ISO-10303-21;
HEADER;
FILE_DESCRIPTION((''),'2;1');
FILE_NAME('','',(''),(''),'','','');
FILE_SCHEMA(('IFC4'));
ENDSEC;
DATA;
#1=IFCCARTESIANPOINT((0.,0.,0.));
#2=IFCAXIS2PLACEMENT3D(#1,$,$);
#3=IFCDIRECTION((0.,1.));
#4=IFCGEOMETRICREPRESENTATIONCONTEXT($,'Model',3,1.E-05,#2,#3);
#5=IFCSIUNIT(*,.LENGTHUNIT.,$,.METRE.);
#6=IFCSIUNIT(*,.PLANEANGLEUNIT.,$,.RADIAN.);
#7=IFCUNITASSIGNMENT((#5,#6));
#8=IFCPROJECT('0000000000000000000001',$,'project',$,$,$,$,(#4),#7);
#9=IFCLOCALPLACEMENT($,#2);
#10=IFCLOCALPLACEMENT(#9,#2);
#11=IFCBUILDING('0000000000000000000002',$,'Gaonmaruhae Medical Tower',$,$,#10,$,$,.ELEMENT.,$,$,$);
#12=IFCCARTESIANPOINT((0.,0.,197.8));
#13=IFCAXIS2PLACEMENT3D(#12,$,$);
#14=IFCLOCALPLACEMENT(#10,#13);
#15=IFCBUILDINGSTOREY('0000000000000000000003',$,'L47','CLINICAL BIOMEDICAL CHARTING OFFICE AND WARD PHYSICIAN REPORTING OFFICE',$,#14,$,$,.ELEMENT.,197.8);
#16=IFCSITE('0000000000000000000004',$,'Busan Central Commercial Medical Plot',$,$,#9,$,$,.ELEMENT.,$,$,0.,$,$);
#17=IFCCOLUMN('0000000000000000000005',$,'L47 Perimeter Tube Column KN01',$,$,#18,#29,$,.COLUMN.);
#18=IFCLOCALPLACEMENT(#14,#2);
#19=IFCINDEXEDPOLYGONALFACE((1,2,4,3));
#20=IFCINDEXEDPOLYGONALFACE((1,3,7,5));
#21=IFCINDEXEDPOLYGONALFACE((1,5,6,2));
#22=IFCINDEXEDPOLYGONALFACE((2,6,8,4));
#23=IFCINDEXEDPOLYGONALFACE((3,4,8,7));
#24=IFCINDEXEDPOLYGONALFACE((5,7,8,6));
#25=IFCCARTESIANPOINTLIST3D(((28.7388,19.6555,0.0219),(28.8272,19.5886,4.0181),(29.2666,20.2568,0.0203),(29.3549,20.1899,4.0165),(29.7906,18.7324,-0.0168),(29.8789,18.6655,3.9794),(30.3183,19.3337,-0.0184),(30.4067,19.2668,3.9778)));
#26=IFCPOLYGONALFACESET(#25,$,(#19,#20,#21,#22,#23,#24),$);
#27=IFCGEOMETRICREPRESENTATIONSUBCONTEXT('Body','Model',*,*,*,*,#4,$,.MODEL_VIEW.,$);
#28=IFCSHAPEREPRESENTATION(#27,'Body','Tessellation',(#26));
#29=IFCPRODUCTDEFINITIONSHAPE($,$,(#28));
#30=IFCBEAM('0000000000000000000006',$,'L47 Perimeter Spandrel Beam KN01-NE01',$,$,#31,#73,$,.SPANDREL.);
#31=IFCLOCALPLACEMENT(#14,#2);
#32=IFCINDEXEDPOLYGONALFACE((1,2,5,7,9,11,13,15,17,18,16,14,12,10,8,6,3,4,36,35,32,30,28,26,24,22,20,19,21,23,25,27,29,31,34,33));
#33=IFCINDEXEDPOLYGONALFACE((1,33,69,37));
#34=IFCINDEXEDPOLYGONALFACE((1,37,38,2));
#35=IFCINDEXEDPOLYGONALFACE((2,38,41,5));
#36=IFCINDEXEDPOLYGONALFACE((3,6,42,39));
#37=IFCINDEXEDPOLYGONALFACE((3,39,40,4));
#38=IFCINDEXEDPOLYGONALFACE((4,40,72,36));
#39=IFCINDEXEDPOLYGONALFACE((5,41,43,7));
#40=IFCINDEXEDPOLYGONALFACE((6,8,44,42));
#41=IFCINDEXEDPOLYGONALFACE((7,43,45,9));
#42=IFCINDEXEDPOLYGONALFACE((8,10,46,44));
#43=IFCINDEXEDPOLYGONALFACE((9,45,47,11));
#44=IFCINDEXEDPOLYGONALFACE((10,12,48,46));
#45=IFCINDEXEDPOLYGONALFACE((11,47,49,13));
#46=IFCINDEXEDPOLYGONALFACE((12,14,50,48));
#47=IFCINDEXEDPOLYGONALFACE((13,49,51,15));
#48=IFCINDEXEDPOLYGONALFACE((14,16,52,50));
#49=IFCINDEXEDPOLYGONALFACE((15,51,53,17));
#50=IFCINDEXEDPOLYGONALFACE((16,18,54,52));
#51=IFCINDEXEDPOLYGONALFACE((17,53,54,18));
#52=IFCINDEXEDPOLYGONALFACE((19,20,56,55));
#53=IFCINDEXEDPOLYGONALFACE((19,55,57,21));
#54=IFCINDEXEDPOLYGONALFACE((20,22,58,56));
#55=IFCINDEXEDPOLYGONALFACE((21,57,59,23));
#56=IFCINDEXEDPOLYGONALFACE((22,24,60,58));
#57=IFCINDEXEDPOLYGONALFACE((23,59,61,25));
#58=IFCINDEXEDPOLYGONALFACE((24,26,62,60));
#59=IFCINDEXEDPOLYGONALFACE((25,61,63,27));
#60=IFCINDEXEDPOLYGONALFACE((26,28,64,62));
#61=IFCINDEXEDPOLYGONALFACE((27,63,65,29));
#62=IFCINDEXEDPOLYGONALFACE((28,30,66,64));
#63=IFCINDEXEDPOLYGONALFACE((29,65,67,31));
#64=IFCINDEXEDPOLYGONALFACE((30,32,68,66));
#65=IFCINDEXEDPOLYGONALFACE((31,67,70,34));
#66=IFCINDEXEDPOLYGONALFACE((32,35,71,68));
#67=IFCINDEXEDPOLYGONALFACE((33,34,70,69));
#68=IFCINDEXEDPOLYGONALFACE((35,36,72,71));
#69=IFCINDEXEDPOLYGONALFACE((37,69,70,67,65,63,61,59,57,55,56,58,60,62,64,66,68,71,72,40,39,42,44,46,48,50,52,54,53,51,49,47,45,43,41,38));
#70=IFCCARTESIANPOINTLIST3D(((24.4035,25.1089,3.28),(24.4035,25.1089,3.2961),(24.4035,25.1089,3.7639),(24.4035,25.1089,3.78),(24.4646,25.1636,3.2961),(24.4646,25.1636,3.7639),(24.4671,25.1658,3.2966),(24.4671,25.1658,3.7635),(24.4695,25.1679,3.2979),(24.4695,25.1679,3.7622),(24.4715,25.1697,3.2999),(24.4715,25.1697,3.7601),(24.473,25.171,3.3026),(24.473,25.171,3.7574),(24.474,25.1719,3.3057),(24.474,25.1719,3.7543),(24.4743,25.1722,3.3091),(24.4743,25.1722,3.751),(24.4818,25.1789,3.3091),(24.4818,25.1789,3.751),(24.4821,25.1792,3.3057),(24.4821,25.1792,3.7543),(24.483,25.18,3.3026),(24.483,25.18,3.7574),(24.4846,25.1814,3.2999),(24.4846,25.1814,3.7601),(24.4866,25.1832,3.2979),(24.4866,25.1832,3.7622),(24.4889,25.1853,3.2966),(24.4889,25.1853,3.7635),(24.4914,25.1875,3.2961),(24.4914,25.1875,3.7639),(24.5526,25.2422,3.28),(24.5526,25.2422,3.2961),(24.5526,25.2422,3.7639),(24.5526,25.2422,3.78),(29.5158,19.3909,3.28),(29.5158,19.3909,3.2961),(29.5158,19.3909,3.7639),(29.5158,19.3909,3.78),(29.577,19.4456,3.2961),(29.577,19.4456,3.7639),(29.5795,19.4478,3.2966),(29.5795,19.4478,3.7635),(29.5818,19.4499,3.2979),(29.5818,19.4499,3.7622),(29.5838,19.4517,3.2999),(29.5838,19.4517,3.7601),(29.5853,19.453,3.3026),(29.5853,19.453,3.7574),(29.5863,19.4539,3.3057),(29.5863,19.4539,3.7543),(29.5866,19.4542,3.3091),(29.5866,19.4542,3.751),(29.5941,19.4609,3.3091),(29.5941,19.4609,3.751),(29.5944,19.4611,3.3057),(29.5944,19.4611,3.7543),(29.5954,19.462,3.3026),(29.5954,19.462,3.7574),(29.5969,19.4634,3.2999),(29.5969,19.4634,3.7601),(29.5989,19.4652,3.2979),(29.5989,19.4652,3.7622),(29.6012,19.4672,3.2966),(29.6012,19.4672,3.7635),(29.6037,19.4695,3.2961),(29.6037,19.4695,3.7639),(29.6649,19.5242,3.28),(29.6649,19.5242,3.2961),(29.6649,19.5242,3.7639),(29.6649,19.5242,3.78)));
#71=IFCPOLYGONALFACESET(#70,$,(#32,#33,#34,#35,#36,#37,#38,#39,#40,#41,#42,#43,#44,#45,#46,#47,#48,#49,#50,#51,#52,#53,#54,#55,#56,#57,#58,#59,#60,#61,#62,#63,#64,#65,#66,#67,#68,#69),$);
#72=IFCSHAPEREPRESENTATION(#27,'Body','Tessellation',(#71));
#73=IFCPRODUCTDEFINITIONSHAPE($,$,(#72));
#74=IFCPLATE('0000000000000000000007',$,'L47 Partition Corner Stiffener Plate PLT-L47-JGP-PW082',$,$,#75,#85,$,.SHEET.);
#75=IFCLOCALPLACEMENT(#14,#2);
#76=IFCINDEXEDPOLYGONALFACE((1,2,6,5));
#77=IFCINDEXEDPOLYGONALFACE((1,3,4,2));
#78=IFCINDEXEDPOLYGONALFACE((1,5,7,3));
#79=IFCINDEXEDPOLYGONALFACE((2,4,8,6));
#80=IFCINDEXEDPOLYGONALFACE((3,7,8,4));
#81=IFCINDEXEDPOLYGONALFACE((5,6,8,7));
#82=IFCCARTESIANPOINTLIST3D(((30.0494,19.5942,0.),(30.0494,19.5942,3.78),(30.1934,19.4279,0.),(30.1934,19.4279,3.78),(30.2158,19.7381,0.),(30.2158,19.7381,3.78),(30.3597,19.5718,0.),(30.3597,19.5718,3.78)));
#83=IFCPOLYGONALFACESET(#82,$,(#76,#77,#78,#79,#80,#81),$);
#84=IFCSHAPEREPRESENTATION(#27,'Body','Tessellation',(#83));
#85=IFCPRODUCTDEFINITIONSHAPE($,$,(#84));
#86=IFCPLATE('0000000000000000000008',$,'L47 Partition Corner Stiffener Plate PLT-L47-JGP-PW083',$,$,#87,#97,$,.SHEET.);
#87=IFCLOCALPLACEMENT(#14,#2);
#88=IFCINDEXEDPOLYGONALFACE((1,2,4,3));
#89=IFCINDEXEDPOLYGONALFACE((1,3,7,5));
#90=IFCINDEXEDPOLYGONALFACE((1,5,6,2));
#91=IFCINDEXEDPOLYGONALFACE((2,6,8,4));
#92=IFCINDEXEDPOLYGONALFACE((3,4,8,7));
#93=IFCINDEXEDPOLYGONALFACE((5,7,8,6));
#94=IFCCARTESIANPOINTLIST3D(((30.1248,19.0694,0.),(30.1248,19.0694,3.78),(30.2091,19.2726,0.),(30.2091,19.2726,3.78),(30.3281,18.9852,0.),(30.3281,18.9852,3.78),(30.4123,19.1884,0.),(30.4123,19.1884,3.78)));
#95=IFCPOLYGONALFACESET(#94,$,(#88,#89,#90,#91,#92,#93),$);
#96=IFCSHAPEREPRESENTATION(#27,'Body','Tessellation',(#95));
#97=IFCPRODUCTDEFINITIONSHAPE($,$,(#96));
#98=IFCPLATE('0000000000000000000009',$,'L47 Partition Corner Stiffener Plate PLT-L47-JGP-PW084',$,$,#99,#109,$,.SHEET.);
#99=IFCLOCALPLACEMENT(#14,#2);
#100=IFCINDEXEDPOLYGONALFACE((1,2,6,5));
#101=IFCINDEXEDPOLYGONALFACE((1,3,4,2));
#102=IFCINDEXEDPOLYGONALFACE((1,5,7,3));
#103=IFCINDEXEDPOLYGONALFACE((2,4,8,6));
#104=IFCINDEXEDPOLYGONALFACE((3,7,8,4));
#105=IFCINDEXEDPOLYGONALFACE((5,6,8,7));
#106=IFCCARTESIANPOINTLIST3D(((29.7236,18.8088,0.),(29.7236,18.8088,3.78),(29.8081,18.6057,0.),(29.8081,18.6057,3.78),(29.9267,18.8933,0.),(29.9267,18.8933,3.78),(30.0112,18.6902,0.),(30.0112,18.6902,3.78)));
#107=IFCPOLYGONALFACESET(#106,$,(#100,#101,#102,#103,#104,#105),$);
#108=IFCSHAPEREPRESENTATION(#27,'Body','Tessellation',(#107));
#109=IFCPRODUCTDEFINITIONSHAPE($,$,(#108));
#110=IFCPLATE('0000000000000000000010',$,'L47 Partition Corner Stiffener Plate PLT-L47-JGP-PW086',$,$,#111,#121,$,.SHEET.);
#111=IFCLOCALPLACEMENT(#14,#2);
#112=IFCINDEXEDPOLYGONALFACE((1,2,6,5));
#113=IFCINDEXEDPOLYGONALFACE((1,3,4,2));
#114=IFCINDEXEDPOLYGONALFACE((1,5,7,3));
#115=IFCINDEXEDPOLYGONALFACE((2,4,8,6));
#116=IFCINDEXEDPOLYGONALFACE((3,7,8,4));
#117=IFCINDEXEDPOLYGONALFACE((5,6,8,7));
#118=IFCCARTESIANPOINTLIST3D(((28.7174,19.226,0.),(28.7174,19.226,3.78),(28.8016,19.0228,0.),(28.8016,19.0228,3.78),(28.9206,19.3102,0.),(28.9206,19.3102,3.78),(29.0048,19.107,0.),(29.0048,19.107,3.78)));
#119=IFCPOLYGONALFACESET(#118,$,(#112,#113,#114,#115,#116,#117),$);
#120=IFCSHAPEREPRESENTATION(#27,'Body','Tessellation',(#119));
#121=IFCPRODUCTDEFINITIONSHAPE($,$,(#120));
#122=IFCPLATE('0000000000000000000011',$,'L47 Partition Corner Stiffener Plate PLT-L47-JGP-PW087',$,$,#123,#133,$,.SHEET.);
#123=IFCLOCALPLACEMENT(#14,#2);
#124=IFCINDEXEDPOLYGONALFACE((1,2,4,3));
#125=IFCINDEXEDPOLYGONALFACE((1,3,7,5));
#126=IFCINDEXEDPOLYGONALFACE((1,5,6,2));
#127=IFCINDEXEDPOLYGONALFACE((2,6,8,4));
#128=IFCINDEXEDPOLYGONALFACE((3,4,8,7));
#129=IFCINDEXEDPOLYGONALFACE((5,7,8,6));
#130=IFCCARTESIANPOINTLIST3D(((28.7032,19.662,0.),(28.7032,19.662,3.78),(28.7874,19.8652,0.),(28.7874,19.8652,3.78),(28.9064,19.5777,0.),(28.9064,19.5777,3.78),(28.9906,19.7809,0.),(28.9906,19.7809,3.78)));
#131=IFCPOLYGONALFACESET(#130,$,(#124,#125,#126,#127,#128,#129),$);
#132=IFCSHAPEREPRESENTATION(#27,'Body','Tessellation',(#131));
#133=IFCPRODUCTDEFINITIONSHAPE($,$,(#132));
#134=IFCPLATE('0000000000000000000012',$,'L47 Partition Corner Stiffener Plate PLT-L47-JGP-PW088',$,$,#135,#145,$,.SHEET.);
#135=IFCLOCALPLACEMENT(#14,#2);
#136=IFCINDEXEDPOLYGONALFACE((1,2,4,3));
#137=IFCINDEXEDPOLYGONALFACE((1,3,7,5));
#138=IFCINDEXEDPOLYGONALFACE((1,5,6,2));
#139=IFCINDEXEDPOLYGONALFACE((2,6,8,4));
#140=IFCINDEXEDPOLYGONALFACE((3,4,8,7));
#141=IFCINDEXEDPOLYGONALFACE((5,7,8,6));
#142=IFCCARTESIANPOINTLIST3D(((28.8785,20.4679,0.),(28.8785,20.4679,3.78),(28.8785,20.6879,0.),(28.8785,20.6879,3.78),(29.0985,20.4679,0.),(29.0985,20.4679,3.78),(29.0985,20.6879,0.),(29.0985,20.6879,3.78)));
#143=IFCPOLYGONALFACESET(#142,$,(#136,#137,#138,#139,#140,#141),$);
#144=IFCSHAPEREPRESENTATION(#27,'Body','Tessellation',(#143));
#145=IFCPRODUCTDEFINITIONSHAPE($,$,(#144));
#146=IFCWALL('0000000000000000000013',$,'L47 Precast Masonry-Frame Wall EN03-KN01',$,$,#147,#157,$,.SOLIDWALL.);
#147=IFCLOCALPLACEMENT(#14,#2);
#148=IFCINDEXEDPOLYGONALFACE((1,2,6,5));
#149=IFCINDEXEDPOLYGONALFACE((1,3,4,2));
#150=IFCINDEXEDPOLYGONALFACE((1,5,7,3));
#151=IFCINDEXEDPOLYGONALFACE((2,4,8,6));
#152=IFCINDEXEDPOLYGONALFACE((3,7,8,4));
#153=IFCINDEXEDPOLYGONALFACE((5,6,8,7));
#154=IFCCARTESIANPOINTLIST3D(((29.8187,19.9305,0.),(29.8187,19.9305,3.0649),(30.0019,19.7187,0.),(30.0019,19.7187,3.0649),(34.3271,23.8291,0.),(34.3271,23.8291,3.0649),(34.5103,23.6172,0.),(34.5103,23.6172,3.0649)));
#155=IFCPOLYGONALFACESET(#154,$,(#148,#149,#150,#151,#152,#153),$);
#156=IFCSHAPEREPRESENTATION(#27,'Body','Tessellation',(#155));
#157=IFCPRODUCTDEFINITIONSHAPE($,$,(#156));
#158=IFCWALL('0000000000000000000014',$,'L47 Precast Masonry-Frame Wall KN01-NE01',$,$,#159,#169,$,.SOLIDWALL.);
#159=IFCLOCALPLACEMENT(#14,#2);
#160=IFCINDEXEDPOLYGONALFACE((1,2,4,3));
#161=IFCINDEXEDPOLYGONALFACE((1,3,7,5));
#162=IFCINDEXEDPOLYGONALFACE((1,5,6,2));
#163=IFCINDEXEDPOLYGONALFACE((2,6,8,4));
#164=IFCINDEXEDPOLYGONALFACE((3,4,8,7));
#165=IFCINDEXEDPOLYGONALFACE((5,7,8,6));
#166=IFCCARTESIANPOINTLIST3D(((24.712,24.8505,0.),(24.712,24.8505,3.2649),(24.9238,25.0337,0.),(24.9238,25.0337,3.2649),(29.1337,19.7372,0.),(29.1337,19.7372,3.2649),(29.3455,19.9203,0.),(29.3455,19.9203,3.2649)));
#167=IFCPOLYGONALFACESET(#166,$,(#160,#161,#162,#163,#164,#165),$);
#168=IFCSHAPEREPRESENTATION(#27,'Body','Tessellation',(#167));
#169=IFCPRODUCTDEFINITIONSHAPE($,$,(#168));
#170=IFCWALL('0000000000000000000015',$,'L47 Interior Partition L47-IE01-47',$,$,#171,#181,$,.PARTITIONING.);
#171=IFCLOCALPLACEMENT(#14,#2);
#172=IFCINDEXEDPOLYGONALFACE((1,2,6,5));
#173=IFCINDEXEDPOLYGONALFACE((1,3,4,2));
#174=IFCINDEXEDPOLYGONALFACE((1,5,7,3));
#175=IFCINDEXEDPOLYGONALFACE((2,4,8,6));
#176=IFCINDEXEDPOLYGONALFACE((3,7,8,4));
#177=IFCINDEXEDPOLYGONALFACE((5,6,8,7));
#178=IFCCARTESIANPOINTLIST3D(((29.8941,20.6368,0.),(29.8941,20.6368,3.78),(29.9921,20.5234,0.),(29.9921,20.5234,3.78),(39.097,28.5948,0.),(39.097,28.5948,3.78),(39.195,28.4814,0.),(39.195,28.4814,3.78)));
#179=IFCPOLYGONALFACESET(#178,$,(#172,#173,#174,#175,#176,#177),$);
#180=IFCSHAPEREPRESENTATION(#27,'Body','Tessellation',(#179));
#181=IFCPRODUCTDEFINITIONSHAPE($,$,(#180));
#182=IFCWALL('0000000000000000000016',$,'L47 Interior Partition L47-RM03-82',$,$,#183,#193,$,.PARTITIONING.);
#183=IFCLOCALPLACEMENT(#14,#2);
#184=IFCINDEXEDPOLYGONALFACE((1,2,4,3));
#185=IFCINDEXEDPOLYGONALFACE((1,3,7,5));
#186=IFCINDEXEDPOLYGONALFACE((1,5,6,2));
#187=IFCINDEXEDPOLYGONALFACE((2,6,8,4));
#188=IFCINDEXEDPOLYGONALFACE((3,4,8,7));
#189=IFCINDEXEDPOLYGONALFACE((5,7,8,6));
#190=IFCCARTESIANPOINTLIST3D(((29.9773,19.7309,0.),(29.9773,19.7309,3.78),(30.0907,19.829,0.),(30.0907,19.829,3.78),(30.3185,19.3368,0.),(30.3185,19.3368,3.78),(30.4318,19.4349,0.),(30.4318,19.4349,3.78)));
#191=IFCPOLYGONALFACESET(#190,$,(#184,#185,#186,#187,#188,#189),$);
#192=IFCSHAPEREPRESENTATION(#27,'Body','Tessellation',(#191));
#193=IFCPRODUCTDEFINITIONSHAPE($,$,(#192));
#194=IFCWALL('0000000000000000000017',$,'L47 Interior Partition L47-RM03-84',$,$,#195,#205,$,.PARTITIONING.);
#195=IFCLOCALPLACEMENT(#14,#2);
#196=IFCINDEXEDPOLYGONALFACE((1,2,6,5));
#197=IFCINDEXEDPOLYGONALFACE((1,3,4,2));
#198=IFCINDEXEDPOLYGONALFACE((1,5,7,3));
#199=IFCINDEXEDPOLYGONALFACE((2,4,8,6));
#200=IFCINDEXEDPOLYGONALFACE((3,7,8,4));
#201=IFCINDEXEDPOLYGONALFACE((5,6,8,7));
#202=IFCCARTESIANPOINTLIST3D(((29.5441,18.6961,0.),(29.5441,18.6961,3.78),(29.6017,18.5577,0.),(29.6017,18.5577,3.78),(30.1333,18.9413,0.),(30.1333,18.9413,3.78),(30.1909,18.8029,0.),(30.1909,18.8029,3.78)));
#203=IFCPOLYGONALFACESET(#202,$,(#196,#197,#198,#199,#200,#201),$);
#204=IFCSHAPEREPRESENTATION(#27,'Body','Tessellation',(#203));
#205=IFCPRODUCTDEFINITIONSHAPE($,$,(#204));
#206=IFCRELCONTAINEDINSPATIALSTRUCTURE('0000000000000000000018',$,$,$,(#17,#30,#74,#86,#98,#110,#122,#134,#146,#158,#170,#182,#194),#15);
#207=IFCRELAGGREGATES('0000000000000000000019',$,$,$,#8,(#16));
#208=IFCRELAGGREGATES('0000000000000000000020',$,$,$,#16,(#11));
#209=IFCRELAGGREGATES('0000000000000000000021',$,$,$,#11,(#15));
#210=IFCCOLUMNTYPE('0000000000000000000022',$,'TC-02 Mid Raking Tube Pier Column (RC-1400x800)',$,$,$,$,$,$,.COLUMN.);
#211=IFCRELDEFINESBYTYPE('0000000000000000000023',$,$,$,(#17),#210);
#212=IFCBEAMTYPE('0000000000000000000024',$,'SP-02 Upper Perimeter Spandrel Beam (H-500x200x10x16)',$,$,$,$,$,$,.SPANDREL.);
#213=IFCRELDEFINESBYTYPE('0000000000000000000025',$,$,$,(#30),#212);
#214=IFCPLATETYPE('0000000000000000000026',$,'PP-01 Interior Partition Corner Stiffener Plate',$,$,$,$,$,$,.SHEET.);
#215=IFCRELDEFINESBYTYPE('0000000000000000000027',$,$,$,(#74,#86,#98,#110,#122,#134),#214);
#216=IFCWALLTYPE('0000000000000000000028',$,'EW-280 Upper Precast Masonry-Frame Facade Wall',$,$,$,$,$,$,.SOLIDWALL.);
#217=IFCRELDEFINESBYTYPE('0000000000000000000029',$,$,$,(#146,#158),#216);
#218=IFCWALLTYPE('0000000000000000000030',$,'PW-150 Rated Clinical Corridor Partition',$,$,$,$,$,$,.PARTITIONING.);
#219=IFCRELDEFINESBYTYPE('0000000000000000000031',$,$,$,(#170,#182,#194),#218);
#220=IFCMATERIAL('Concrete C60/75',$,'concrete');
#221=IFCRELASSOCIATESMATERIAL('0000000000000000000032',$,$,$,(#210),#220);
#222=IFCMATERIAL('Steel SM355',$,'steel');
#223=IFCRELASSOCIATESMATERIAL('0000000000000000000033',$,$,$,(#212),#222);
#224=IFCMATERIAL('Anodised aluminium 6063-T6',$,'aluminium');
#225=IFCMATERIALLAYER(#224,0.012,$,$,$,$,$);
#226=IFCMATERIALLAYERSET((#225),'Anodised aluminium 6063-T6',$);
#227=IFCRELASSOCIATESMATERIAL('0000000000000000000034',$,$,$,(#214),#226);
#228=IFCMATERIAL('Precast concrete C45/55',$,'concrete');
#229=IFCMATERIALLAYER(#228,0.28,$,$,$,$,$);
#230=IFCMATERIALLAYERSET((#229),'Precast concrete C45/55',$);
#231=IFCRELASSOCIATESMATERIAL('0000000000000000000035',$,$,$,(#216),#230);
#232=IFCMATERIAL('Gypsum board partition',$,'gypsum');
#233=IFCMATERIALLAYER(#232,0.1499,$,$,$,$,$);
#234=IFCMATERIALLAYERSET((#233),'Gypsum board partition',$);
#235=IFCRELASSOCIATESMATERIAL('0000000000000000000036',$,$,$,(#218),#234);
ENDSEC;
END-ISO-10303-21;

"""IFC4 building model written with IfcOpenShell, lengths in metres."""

from ifc_helpers import new_model, si_unit, direction, frame, frame_2d, origin, origin_2d, place, context, subcontext, project, spatial, rectangle, i_section, extrude, material, layer, layer_set, material_profile, profile_set, type_object, element, save


model = new_model("IFC4")

# Units and contexts
model_context = context("Model", 3, precision=1e-05, world=origin(), true_north=direction((0.0, 1.0)))
body_context = subcontext(model_context, "Body", "Model", "MODEL_VIEW")
ifc_project = project(units=[si_unit("LENGTHUNIT", "METRE"), si_unit("PLANEANGLEUNIT", "RADIAN")], contexts=[model_context])

# Site, building, storey
site_placement = place(None, origin())
site = spatial("IfcSite", under=ifc_project, at=site_placement, Name="Busan Central Commercial Medical Plot", CompositionType="ELEMENT", RefElevation=0.0)
building_placement = place(site_placement, origin())
building = spatial("IfcBuilding", under=site, at=building_placement, Name="Gaonmaruhae Medical Tower", CompositionType="ELEMENT")
storey_placement = place(building_placement, frame((0.0, 0.0, 197.8)))
storey = spatial("IfcBuildingStorey", under=building, at=storey_placement, Name="L47", Description="CLINICAL BIOMEDICAL CHARTING OFFICE AND WARD PHYSICIAN REPORTING OFFICE", CompositionType="ELEMENT", Elevation=197.8)

# Column
ifc_material_1 = material(Name="Concrete C60/75", Category="concrete")
ifc_material_profile_1 = material_profile(ifc_material_1, rectangle(XDim=1.3999, YDim=0.8, at=origin_2d()), Name="RC-1400x800")
ifc_profile_set_1 = profile_set([ifc_material_profile_1], Name="Concrete C60/75")
column_type = type_object("IfcColumnType", Name="TC-02 Mid Raking Tube Pier Column (RC-1400x800)", PredefinedType="COLUMN", material=ifc_profile_set_1)
column_placement = place(storey_placement, frame((29.5286, 19.4946, 0.0017), z_axis=(0.022106, -0.016733, 0.999616), x_axis=(-0.751277, 0.659407, 0.027652)))
element("IfcColumn", 1, at=column_placement, inside=storey, type_object=column_type, Name="L47 Perimeter Tube Column KN01", PredefinedType="COLUMN", context=body_context, shape_type="SweptSolid", body=[
    extrude(rectangle(XDim=1.3999, YDim=0.8, at=origin_2d()), origin(), (0.0, 0.0, 1.0), 3.9978),
])

# Beam
ifc_material_2 = material(Name="Steel SM355", Category="steel")
ifc_material_profile_2 = material_profile(ifc_material_2, i_section(OverallWidth=0.2, OverallDepth=0.5, WebThickness=0.01, FlangeThickness=0.0161, FilletRadius=0.0129, at=origin_2d()), Name="H-500x200x10x16")
ifc_profile_set_2 = profile_set([ifc_material_profile_2], Name="Steel SM355")
beam_type = type_object("IfcBeamType", Name="SP-02 Upper Perimeter Spandrel Beam (H-500x200x10x16)", PredefinedType="SPANDREL", material=ifc_profile_set_2)
beam_placement = place(storey_placement, frame((29.5903, 19.4575, 3.53), z_axis=(-0.666518, 0.745489, 0.0), x_axis=(-0.745489, -0.666518, 0.0)))
element("IfcBeam", 2, at=beam_placement, inside=storey, type_object=beam_type, Name="L47 Perimeter Spandrel Beam KN01-NE01", PredefinedType="SPANDREL", context=body_context, shape_type="SweptSolid", body=[
    extrude(i_section(OverallWidth=0.2, OverallDepth=0.5, WebThickness=0.01, FlangeThickness=0.0161, FilletRadius=0.0129, at=origin_2d()), origin(), (0.0, 0.0, 1.0), 7.6702),
])

# Plates
ifc_material_3 = material(Name="Anodised aluminium 6063-T6", Category="aluminium")
ifc_layer_1 = layer(ifc_material_3, 0.012)
ifc_layer_set_1 = layer_set([ifc_layer_1], Name="Anodised aluminium 6063-T6")
plate_type = type_object("IfcPlateType", Name="PP-01 Interior Partition Corner Stiffener Plate", PredefinedType="SHEET", material=ifc_layer_set_1)
for number, where, z_axis, x_axis, name in (
    (3, (30.2046, 19.583, 0.0), (0.0, 0.0, 1.0), (0.654424, -0.756128, 0.0), "L47 Partition Corner Stiffener Plate PLT-L47-JGP-PW082"),
    (4, (30.2686, 19.1289, 0.0), (0.0, 0.0, 1.0), (-0.382829, -0.923819, 0.0), "L47 Partition Corner Stiffener Plate PLT-L47-JGP-PW083"),
    (5, (29.8674, 18.7495, 0.0), (0.0, 0.0, 1.0), (-0.923311, -0.384054, 0.0), "L47 Partition Corner Stiffener Plate PLT-L47-JGP-PW084"),
    (6, (28.8611, 19.1665, 0.0), (0.0, 0.0, 1.0), (-0.382716, 0.923866, 0.0), "L47 Partition Corner Stiffener Plate PLT-L47-JGP-PW086"),
    (7, (28.8469, 19.7214, 0.0), (0.0, 0.0, 1.0), (0.382974, 0.923759, 0.0), "L47 Partition Corner Stiffener Plate PLT-L47-JGP-PW087"),
    (8, (28.9885, 20.5779, 0.0), (0.0, 0.0, 1.0), (-1.0, 0.0, 0.0), "L47 Partition Corner Stiffener Plate PLT-L47-JGP-PW088"),
):
    element("IfcPlate", number, at=place(storey_placement, frame(where, z_axis=z_axis, x_axis=x_axis)), inside=storey, type_object=plate_type, Name=name, PredefinedType="SHEET", context=body_context, shape_type="SweptSolid", body=[
        extrude(rectangle(XDim=0.22, YDim=0.22, at=origin_2d()), origin(), (0.0, 0.0, 1.0), 3.78),
    ])

# Walls
ifc_material_4 = material(Name="Precast concrete C45/55", Category="concrete")
ifc_layer_2 = layer(ifc_material_4, 0.28)
ifc_layer_set_2 = layer_set([ifc_layer_2], Name="Precast concrete C45/55")
wall_type_1 = type_object("IfcWallType", Name="EW-280 Upper Precast Masonry-Frame Facade Wall", PredefinedType="SOLIDWALL", material=ifc_layer_set_2)
wall_1_placement = place(storey_placement, frame((29.9104, 19.8247, 0.0), z_axis=(0.0, 0.0, 1.0), x_axis=(0.756416, 0.654091, 0.0)))
element("IfcWall", 9, at=wall_1_placement, inside=storey, type_object=wall_type_1, Name="L47 Precast Masonry-Frame Wall EN03-KN01", PredefinedType="SOLIDWALL", context=body_context, shape_type="SweptSolid", body=[
    extrude(rectangle(XDim=5.9602, YDim=0.28, at=frame_2d((2.98, 0.0))), origin(), (0.0, 0.0, 1.0), 3.0649),
])
wall_2_placement = place(storey_placement, frame((29.2395, 19.8289, 0.0), z_axis=(0.0, 0.0, 1.0), x_axis=(-0.654096, 0.756412, 0.0)))
element("IfcWall", 10, at=wall_2_placement, inside=storey, type_object=wall_type_1, Name="L47 Precast Masonry-Frame Wall KN01-NE01", PredefinedType="SOLIDWALL", context=body_context, shape_type="SweptSolid", body=[
    extrude(rectangle(XDim=6.76, YDim=0.28, at=frame_2d((3.3799, 0.0))), origin(), (0.0, 0.0, 1.0), 3.2649),
])
ifc_material_5 = material(Name="Gypsum board partition", Category="gypsum")
ifc_layer_3 = layer(ifc_material_5, 0.1499)
ifc_layer_set_3 = layer_set([ifc_layer_3], Name="Gypsum board partition")
wall_type_2 = type_object("IfcWallType", Name="PW-150 Rated Clinical Corridor Partition", PredefinedType="PARTITIONING", material=ifc_layer_set_3)
wall_3_placement = place(storey_placement, frame((29.9431, 20.5801, 0.0), z_axis=(0.0, 0.0, 1.0), x_axis=(0.756414, 0.654094, 0.0)))
element("IfcWall", 11, at=wall_3_placement, inside=storey, type_object=wall_type_2, Name="L47 Interior Partition L47-IE01-47", PredefinedType="PARTITIONING", context=body_context, shape_type="SweptSolid", body=[
    extrude(rectangle(XDim=12.1665, YDim=0.1499, at=frame_2d((6.0833, 0.0))), origin(), (0.0, 0.0, 1.0), 3.78),
])
wall_4_placement = place(storey_placement, frame((30.0339, 19.78, 0.0), z_axis=(0.0, 0.0, 1.0), x_axis=(0.654449, -0.756106, 0.0)))
element("IfcWall", 12, at=wall_4_placement, inside=storey, type_object=wall_type_2, Name="L47 Interior Partition L47-RM03-82", PredefinedType="PARTITIONING", context=body_context, shape_type="SweptSolid", body=[
    extrude(rectangle(XDim=0.5212, YDim=0.1499, at=frame_2d((0.2607, 0.0))), origin(), (0.0, 0.0, 1.0), 3.78),
])
wall_5_placement = place(storey_placement, frame((30.1621, 18.8721, 0.0), z_axis=(0.0, 0.0, 1.0), x_axis=(-0.923269, -0.384153, 0.0)))
element("IfcWall", 13, at=wall_5_placement, inside=storey, type_object=wall_type_2, Name="L47 Interior Partition L47-RM03-84", PredefinedType="PARTITIONING", context=body_context, shape_type="SweptSolid", body=[
    extrude(rectangle(XDim=0.6382, YDim=0.1499, at=frame_2d((0.3191, 0.0))), origin(), (0.0, 0.0, 1.0), 3.78),
])

save(model, "model.ifc")
